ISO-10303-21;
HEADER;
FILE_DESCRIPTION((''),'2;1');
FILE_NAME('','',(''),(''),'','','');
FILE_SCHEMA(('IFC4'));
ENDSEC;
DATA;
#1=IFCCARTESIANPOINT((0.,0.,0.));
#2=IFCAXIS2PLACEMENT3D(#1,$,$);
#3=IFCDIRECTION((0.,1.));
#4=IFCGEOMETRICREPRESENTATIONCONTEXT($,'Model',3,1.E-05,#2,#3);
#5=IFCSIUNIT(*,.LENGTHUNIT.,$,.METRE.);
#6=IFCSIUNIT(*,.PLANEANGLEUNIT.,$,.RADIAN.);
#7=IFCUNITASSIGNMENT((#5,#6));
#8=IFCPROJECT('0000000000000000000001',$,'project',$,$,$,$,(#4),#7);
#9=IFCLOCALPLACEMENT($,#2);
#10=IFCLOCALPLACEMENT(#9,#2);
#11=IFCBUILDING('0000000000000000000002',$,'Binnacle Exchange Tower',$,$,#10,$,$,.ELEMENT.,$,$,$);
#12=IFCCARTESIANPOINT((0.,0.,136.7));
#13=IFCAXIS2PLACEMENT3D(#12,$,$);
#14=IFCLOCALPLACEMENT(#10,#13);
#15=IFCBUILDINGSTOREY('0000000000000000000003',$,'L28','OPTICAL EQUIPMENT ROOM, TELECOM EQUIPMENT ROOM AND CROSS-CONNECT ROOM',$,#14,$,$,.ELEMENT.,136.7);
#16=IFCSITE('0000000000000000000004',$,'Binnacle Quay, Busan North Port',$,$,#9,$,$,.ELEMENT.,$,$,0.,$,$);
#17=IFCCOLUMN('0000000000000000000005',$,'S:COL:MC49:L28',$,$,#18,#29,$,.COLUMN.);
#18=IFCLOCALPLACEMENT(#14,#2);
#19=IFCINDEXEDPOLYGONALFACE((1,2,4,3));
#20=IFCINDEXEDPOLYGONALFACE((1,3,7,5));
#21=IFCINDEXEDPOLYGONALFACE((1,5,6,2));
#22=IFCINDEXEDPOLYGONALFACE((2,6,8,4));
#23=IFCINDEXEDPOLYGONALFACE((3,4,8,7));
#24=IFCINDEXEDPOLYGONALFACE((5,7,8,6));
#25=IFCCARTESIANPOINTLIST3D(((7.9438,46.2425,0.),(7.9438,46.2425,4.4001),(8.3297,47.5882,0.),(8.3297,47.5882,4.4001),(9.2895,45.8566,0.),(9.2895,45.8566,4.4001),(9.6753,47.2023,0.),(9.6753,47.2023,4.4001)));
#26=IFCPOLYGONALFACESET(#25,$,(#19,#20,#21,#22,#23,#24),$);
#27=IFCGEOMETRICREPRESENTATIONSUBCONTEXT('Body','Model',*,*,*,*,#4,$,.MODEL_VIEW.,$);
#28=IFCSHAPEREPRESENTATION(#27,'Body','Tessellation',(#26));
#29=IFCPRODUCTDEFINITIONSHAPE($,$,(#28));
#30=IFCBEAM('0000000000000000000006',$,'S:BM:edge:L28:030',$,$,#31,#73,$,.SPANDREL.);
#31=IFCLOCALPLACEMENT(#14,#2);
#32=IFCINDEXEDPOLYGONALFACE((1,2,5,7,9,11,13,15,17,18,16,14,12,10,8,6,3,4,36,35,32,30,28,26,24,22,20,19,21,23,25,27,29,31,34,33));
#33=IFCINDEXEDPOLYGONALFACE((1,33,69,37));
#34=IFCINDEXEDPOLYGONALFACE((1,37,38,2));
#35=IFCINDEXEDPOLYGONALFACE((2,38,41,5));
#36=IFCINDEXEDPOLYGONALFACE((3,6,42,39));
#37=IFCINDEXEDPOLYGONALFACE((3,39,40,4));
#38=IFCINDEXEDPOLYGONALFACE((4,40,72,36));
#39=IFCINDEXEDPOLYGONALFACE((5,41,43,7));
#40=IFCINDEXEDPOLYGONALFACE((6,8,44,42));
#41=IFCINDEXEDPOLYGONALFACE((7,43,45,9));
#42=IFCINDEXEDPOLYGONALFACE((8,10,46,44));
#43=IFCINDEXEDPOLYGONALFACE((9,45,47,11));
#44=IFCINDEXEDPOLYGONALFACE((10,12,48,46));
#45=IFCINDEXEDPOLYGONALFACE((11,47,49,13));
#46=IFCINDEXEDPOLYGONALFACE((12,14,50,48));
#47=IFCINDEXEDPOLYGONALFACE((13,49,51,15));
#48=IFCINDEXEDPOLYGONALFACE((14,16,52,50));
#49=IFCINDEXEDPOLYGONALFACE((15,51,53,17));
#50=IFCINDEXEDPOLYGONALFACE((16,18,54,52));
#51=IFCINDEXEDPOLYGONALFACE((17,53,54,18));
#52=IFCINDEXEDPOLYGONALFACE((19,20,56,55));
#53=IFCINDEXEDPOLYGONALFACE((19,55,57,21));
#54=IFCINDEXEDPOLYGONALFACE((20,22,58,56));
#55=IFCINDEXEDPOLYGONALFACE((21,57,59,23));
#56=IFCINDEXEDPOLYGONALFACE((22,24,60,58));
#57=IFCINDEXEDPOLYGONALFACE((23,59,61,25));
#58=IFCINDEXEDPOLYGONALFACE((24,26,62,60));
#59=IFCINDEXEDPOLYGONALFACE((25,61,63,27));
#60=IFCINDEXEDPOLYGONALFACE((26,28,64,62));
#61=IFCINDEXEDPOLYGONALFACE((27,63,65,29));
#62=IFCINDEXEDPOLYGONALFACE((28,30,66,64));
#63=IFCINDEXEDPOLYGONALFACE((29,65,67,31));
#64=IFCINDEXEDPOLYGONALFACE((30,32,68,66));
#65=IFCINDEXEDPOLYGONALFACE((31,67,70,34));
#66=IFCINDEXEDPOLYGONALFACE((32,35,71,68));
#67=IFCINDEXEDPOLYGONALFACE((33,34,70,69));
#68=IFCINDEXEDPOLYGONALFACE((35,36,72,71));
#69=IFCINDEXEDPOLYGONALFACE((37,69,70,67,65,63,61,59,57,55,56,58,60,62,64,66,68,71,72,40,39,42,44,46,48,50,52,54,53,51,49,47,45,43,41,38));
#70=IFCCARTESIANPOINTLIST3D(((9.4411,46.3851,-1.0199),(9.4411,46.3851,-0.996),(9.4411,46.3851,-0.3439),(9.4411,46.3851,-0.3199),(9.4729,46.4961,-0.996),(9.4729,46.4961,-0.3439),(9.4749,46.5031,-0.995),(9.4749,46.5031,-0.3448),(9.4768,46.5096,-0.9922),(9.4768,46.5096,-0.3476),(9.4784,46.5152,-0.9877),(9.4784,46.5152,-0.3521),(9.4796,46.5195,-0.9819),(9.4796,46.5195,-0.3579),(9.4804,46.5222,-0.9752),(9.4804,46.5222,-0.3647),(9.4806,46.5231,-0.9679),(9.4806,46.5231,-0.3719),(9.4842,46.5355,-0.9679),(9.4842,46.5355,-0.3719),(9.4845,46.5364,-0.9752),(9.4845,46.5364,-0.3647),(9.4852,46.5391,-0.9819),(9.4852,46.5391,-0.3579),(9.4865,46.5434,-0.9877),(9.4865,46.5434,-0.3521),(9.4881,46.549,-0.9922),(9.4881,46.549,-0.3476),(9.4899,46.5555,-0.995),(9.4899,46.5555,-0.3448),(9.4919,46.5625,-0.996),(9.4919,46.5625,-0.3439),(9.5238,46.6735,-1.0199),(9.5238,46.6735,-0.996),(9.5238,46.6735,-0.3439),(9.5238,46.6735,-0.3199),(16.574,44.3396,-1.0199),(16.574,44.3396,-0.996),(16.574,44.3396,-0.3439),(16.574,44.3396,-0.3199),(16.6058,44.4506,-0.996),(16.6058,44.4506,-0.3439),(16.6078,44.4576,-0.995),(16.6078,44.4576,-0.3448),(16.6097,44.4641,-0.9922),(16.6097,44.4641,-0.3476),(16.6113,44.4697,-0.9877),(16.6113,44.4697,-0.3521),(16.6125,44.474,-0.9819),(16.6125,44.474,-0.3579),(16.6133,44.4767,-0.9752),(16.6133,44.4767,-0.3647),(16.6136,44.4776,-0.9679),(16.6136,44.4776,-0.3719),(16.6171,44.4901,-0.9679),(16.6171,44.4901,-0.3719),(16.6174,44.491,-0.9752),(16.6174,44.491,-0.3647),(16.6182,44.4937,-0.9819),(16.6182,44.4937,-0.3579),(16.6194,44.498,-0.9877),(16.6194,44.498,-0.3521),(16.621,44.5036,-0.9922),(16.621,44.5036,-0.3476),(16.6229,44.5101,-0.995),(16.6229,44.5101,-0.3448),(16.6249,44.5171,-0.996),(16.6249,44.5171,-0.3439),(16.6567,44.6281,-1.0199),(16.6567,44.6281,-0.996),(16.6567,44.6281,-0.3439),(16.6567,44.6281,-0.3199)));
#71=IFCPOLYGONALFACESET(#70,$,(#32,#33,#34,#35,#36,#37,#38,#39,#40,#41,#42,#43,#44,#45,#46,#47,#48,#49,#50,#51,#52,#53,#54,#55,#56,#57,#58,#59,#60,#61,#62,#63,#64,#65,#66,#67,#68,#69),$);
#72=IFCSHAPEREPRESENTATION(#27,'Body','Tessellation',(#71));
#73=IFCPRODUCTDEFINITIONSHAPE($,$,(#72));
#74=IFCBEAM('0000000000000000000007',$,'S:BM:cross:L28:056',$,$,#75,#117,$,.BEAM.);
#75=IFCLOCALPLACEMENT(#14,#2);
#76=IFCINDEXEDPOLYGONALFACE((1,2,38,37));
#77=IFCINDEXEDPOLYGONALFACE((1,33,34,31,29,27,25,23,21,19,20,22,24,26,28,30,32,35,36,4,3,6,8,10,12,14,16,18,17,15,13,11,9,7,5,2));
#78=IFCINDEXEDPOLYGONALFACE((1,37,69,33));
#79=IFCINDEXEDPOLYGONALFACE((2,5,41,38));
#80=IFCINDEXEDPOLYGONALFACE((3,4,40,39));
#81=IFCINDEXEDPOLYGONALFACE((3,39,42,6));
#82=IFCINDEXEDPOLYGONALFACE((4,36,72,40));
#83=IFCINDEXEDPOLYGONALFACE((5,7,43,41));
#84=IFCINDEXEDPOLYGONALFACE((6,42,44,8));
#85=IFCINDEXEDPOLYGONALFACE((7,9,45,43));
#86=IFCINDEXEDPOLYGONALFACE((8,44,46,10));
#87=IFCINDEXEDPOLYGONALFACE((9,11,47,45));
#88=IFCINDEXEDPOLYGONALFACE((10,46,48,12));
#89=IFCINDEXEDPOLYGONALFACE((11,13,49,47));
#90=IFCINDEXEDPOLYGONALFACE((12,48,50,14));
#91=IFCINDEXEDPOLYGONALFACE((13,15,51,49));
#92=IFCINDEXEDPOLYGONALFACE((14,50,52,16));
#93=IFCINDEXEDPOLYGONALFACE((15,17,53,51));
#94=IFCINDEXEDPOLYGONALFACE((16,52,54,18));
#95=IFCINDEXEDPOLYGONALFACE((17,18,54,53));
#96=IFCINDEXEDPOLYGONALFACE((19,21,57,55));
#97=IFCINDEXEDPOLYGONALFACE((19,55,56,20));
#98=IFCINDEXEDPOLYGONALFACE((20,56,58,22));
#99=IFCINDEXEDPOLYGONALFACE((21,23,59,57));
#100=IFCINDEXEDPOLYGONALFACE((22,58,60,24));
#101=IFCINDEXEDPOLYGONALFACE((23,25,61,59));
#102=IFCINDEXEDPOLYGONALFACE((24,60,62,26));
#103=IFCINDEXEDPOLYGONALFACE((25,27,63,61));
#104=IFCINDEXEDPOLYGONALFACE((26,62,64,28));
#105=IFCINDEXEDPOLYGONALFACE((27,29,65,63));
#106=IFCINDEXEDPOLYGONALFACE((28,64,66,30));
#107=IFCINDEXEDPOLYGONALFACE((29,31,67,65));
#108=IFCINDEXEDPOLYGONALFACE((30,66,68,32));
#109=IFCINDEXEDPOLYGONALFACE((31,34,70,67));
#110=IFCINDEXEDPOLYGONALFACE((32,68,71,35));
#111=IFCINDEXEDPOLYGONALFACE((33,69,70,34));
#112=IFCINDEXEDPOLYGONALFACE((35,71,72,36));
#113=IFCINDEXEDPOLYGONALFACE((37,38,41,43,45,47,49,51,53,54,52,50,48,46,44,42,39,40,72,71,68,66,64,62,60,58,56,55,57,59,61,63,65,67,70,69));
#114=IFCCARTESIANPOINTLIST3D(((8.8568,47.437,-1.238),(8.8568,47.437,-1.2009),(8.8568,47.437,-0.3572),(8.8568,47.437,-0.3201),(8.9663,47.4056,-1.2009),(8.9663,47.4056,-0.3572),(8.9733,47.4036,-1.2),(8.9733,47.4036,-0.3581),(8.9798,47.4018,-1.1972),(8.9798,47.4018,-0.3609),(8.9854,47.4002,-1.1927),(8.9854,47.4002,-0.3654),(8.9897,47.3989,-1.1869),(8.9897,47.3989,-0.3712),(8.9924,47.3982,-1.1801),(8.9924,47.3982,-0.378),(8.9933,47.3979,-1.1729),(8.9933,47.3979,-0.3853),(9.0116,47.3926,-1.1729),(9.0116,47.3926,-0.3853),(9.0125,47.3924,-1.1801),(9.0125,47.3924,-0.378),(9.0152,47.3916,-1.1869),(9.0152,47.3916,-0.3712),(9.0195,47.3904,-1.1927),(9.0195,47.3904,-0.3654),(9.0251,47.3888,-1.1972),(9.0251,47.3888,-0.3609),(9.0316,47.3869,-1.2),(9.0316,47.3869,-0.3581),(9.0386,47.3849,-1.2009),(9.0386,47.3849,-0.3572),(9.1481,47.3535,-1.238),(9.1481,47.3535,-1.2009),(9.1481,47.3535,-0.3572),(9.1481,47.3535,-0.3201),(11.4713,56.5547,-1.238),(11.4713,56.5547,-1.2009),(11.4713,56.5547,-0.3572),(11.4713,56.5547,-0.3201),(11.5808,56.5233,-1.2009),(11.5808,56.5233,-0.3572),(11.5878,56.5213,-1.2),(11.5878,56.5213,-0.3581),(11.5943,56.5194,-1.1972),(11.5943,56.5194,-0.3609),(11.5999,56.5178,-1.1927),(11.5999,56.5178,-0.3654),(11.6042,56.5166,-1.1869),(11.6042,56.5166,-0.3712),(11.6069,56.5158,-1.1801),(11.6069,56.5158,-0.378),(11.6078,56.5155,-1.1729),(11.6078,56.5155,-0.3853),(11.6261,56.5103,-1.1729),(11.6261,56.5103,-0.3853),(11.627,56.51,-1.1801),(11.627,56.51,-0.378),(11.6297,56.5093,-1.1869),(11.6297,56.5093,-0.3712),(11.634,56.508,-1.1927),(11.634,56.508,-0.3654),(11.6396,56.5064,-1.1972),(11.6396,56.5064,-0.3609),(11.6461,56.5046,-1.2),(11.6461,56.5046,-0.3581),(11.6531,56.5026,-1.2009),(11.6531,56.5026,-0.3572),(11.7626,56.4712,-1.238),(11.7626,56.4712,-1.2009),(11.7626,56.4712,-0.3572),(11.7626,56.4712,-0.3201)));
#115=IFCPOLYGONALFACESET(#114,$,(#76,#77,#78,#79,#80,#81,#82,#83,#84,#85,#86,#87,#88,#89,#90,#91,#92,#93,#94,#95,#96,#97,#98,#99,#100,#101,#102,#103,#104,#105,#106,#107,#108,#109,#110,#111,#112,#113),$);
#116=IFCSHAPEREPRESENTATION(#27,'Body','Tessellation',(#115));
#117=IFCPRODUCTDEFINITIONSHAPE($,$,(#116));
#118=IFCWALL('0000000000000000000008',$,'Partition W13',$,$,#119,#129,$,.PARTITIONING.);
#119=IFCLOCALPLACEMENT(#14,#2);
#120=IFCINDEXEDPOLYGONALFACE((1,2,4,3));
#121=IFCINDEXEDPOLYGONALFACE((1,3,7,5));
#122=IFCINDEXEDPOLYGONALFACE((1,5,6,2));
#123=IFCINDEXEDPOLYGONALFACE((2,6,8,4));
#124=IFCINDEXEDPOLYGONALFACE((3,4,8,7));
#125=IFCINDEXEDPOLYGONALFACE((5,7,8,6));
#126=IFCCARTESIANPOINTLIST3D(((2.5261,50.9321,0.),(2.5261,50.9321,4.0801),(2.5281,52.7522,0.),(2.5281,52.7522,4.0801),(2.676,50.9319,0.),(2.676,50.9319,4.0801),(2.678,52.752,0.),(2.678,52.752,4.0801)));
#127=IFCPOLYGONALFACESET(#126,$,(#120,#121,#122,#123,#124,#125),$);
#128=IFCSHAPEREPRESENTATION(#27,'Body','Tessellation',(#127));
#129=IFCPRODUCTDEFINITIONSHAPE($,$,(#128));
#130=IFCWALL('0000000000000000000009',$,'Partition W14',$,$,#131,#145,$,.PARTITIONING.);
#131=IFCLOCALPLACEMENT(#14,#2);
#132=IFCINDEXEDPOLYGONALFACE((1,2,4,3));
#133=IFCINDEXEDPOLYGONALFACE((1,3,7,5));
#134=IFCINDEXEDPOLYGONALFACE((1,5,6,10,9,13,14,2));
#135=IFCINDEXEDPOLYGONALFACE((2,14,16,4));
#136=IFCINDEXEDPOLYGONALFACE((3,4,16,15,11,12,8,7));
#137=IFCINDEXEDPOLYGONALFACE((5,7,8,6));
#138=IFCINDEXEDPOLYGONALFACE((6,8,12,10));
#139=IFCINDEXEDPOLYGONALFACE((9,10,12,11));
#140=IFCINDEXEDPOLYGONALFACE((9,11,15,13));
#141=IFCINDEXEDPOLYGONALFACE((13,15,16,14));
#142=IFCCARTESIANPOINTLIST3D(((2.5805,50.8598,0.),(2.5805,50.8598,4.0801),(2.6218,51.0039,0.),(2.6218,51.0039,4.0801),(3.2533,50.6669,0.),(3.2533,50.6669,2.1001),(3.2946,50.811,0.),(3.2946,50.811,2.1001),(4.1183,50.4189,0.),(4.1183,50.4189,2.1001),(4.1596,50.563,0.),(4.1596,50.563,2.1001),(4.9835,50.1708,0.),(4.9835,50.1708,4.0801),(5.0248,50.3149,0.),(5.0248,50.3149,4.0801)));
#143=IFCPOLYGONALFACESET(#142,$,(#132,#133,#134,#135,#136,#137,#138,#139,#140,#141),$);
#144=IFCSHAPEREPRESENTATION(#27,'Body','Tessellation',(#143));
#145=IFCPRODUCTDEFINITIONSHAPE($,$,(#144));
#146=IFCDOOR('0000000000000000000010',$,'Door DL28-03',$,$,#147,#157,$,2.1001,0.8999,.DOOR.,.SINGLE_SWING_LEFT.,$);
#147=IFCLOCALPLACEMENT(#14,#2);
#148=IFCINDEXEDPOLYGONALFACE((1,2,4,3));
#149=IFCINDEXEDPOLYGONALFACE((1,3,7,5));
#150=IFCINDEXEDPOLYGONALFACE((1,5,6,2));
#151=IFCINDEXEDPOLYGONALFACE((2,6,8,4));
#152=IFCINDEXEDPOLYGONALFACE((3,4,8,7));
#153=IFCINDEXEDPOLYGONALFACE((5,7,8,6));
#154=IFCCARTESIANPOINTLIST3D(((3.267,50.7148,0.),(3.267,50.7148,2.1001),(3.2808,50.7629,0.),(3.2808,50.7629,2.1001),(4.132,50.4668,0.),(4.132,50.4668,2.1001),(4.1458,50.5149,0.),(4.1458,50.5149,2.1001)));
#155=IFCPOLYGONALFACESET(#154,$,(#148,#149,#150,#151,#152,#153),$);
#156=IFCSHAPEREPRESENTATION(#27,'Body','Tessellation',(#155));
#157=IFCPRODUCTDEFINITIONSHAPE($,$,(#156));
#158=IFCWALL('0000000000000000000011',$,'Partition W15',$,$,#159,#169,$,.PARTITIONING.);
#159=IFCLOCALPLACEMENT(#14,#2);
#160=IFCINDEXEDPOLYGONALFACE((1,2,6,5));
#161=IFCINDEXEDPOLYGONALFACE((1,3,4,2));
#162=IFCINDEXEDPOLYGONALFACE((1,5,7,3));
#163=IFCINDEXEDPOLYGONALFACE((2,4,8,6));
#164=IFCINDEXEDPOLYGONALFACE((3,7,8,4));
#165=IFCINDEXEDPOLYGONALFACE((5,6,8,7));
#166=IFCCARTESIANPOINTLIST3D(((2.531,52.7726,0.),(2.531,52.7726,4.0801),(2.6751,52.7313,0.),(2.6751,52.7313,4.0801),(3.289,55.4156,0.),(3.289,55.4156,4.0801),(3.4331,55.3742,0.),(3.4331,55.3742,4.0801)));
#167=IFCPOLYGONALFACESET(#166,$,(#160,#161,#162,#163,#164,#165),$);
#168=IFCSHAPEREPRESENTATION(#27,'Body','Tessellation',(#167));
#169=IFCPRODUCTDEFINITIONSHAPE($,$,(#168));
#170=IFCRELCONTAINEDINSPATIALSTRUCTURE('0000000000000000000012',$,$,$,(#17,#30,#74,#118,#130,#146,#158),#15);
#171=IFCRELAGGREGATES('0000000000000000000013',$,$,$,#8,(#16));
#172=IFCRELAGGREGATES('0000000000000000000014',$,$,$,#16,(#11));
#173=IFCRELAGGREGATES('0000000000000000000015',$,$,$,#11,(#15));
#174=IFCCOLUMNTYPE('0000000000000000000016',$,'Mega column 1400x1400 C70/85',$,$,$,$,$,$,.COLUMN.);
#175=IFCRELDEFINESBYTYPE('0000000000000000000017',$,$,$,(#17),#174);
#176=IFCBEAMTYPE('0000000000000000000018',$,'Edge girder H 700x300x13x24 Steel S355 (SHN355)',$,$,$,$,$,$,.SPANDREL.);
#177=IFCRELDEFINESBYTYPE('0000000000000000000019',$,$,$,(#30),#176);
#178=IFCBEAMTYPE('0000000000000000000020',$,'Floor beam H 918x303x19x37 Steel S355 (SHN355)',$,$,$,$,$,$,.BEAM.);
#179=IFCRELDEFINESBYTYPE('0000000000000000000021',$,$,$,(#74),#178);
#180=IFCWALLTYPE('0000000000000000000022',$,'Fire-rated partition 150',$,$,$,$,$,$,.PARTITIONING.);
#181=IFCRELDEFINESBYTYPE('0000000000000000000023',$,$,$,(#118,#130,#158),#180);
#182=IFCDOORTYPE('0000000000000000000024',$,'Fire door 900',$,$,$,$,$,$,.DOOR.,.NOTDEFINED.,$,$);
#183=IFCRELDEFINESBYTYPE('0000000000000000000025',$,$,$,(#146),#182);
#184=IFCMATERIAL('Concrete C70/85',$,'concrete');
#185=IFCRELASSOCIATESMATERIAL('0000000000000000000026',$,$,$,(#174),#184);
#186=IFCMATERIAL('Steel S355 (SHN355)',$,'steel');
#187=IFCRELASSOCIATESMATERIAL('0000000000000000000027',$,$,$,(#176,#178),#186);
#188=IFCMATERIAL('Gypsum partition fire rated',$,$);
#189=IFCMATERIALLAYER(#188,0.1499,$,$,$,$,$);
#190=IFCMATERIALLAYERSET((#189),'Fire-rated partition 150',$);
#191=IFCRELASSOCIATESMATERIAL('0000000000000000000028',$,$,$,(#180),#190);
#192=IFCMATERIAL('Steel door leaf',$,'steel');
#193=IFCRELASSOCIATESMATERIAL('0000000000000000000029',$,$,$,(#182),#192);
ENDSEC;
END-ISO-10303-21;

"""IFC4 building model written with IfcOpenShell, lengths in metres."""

from ifc_helpers import new_model, si_unit, direction, frame, frame_2d, origin, origin_2d, place, context, subcontext, project, spatial, rectangle, i_section, extrude, material, layer, layer_set, material_profile, profile_set, type_object, element, fill, save


model = new_model("IFC4")

# Units and contexts
model_context = context("Model", 3, precision=1e-05, world=origin(), true_north=direction((0.0, 1.0)))
body_context = subcontext(model_context, "Body", "Model", "MODEL_VIEW")
ifc_project = project(units=[si_unit("LENGTHUNIT", "METRE"), si_unit("PLANEANGLEUNIT", "RADIAN")], contexts=[model_context])

# Site, building, storey
site_placement = place(None, origin())
site = spatial("IfcSite", under=ifc_project, at=site_placement, Name="Binnacle Quay, Busan North Port", CompositionType="ELEMENT", RefElevation=0.0)
building_placement = place(site_placement, origin())
building = spatial("IfcBuilding", under=site, at=building_placement, Name="Binnacle Exchange Tower", CompositionType="ELEMENT")
storey_placement = place(building_placement, frame((0.0, 0.0, 136.7)))
storey = spatial("IfcBuildingStorey", under=building, at=storey_placement, Name="L28", Description="OPTICAL EQUIPMENT ROOM, TELECOM EQUIPMENT ROOM AND CROSS-CONNECT ROOM", CompositionType="ELEMENT", Elevation=136.7)

# Column
ifc_material_1 = material(Name="Concrete C70/85", Category="concrete")
ifc_material_profile_1 = material_profile(ifc_material_1, rectangle(XDim=1.3999, YDim=1.3999, at=origin_2d()), Name="Mega column 1400x1400 C70/85")
ifc_profile_set_1 = profile_set([ifc_material_profile_1], Name="Concrete C70/85")
column_type = type_object("IfcColumnType", Name="Mega column 1400x1400 C70/85", PredefinedType="COLUMN", material=ifc_profile_set_1)
column_placement = place(storey_placement, frame((8.8096, 46.7224, 0.0), z_axis=(0.0, 0.0, 1.0), x_axis=(0.961262, -0.275637, 0.0)))
element("IfcColumn", 1, at=column_placement, inside=storey, type_object=column_type, Name="S:COL:MC49:L28", PredefinedType="COLUMN", context=body_context, shape_type="SweptSolid", body=[
    extrude(rectangle(XDim=1.3999, YDim=1.3999, at=origin_2d()), origin(), (0.0, 0.0, 1.0), 4.4001),
])

# Beams
ifc_material_2 = material(Name="Steel S355 (SHN355)", Category="steel")
ifc_material_profile_2 = material_profile(ifc_material_2, i_section(OverallWidth=0.3, OverallDepth=0.7, WebThickness=0.0129, FlangeThickness=0.0239, FilletRadius=0.0281, at=origin_2d()), Name="H 700x300x13x24")
ifc_profile_set_2 = profile_set([ifc_material_profile_2], Name="Steel S355 (SHN355)")
beam_type_1 = type_object("IfcBeamType", Name="Edge girder H 700x300x13x24 Steel S355 (SHN355)", PredefinedType="SPANDREL", material=ifc_profile_set_2)
beam_1_placement = place(storey_placement, frame((9.4824, 46.5293, -0.6699), z_axis=(0.961258, -0.275651, 0.0), x_axis=(0.275651, 0.961258, 0.0)))
element("IfcBeam", 2, at=beam_1_placement, inside=storey, type_object=beam_type_1, Name="S:BM:edge:L28:030", PredefinedType="SPANDREL", context=body_context, shape_type="SweptSolid", body=[
    extrude(i_section(OverallWidth=0.3, OverallDepth=0.7, WebThickness=0.0129, FlangeThickness=0.0239, FilletRadius=0.0281, at=origin_2d()), origin(), (0.0, 0.0, 1.0), 7.4204),
])
ifc_material_profile_3 = material_profile(ifc_material_2, i_section(OverallWidth=0.303, OverallDepth=0.918, WebThickness=0.019, FlangeThickness=0.0371, FilletRadius=0.0281, at=origin_2d()), Name="H 918x303x19x37")
ifc_profile_set_3 = profile_set([ifc_material_profile_3], Name="Steel S355 (SHN355)")
beam_type_2 = type_object("IfcBeamType", Name="Floor beam H 918x303x19x37 Steel S355 (SHN355)", PredefinedType="BEAM", material=ifc_profile_set_3)
beam_2_placement = place(storey_placement, frame((9.0024, 47.3953, -0.7791), z_axis=(0.275642, 0.96126, 0.0), x_axis=(-0.96126, 0.275642, 0.0)))
element("IfcBeam", 3, at=beam_2_placement, inside=storey, type_object=beam_type_2, Name="S:BM:cross:L28:056", PredefinedType="BEAM", context=body_context, shape_type="SweptSolid", body=[
    extrude(i_section(OverallWidth=0.303, OverallDepth=0.918, WebThickness=0.019, FlangeThickness=0.0371, FilletRadius=0.0281, at=origin_2d()), origin(), (0.0, 0.0, 1.0), 9.4851),
])

# Wall
ifc_material_3 = material(Name="Gypsum partition fire rated")
ifc_layer_1 = layer(ifc_material_3, 0.1499)
ifc_layer_set_1 = layer_set([ifc_layer_1], Name="Fire-rated partition 150")
wall_type_1 = type_object("IfcWallType", Name="Fire-rated partition 150", PredefinedType="PARTITIONING", material=ifc_layer_set_1)
wall_1_placement = place(storey_placement, frame((2.6011, 50.9319, 0.0), z_axis=(0.0, 0.0, 1.0), x_axis=(0.001073, 0.999999, 0.0)))
element("IfcWall", 4, at=wall_1_placement, inside=storey, type_object=wall_type_1, Name="Partition W13", PredefinedType="PARTITIONING", context=body_context, shape_type="SweptSolid", body=[
    extrude(rectangle(XDim=1.8201, YDim=0.1499, at=frame_2d((0.9102, 0.0))), origin(), (0.0, 0.0, 1.0), 4.0801),
])

# Wall, opening, door
wall_2_placement = place(storey_placement, frame((2.6011, 50.9319, 0.0), z_axis=(0.0, 0.0, 1.0), x_axis=(0.961266, -0.275624, 0.0)))
wall_2 = element("IfcWall", 5, at=wall_2_placement, inside=storey, type_object=wall_type_1, Name="Partition W14", PredefinedType="PARTITIONING", context=body_context, shape_type="SweptSolid", body=[
    extrude(rectangle(XDim=2.4998, YDim=0.1499, at=frame_2d((1.25, 0.0))), origin(), (0.0, 0.0, 1.0), 4.0801),
])
opening_1_placement = place(wall_2_placement, frame((0.7, 0.0, 0.0)))
opening_1 = element("IfcOpeningElement", 6, at=opening_1_placement, cuts=wall_2, PredefinedType="OPENING", context=body_context, shape_type="SweptSolid", body=[
    extrude(rectangle(XDim=0.8999, YDim=2.1001, at=frame_2d((0.45, 1.05))), frame((0.0, 0.085, 0.0), z_axis=(0.0, -1.0, 0.0), x_axis=(1.0, 0.0, 0.0)), (0.0, 0.0, 1.0), 0.1699),
])
ifc_material_4 = material(Name="Steel door leaf", Category="steel")
door_type_1 = type_object("IfcDoorType", Name="Fire door 900", OperationType="NOTDEFINED", PredefinedType="DOOR", material=ifc_material_4)
door_1_placement = place(opening_1_placement, origin())
door_1 = element("IfcDoor", 7, at=door_1_placement, inside=storey, type_object=door_type_1, Name="Door DL28-03", OperationType="SINGLE_SWING_LEFT", OverallHeight=2.1001, OverallWidth=0.8999, PredefinedType="DOOR", context=body_context, shape_type="SweptSolid", body=[
    extrude(rectangle(XDim=0.8999, YDim=2.1001, at=frame_2d((0.45, 1.05))), frame((0.0, 0.0249, 0.0), z_axis=(0.0, -1.0, 0.0), x_axis=(1.0, 0.0, 0.0)), (0.0, 0.0, 1.0), 0.05),
])
fill(opening_1, door_1)

# Wall
wall_3_placement = place(storey_placement, frame((2.603, 52.752, 0.0), z_axis=(0.0, 0.0, 1.0), x_axis=(0.275694, 0.961245, 0.0)))
element("IfcWall", 8, at=wall_3_placement, inside=storey, type_object=wall_type_1, Name="Partition W15", PredefinedType="PARTITIONING", context=body_context, shape_type="SweptSolid", body=[
    extrude(rectangle(XDim=2.7495, YDim=0.1499, at=frame_2d((1.3748, 0.0))), origin(), (0.0, 0.0, 1.0), 4.0801),
])

save(model, "model.ifc")
